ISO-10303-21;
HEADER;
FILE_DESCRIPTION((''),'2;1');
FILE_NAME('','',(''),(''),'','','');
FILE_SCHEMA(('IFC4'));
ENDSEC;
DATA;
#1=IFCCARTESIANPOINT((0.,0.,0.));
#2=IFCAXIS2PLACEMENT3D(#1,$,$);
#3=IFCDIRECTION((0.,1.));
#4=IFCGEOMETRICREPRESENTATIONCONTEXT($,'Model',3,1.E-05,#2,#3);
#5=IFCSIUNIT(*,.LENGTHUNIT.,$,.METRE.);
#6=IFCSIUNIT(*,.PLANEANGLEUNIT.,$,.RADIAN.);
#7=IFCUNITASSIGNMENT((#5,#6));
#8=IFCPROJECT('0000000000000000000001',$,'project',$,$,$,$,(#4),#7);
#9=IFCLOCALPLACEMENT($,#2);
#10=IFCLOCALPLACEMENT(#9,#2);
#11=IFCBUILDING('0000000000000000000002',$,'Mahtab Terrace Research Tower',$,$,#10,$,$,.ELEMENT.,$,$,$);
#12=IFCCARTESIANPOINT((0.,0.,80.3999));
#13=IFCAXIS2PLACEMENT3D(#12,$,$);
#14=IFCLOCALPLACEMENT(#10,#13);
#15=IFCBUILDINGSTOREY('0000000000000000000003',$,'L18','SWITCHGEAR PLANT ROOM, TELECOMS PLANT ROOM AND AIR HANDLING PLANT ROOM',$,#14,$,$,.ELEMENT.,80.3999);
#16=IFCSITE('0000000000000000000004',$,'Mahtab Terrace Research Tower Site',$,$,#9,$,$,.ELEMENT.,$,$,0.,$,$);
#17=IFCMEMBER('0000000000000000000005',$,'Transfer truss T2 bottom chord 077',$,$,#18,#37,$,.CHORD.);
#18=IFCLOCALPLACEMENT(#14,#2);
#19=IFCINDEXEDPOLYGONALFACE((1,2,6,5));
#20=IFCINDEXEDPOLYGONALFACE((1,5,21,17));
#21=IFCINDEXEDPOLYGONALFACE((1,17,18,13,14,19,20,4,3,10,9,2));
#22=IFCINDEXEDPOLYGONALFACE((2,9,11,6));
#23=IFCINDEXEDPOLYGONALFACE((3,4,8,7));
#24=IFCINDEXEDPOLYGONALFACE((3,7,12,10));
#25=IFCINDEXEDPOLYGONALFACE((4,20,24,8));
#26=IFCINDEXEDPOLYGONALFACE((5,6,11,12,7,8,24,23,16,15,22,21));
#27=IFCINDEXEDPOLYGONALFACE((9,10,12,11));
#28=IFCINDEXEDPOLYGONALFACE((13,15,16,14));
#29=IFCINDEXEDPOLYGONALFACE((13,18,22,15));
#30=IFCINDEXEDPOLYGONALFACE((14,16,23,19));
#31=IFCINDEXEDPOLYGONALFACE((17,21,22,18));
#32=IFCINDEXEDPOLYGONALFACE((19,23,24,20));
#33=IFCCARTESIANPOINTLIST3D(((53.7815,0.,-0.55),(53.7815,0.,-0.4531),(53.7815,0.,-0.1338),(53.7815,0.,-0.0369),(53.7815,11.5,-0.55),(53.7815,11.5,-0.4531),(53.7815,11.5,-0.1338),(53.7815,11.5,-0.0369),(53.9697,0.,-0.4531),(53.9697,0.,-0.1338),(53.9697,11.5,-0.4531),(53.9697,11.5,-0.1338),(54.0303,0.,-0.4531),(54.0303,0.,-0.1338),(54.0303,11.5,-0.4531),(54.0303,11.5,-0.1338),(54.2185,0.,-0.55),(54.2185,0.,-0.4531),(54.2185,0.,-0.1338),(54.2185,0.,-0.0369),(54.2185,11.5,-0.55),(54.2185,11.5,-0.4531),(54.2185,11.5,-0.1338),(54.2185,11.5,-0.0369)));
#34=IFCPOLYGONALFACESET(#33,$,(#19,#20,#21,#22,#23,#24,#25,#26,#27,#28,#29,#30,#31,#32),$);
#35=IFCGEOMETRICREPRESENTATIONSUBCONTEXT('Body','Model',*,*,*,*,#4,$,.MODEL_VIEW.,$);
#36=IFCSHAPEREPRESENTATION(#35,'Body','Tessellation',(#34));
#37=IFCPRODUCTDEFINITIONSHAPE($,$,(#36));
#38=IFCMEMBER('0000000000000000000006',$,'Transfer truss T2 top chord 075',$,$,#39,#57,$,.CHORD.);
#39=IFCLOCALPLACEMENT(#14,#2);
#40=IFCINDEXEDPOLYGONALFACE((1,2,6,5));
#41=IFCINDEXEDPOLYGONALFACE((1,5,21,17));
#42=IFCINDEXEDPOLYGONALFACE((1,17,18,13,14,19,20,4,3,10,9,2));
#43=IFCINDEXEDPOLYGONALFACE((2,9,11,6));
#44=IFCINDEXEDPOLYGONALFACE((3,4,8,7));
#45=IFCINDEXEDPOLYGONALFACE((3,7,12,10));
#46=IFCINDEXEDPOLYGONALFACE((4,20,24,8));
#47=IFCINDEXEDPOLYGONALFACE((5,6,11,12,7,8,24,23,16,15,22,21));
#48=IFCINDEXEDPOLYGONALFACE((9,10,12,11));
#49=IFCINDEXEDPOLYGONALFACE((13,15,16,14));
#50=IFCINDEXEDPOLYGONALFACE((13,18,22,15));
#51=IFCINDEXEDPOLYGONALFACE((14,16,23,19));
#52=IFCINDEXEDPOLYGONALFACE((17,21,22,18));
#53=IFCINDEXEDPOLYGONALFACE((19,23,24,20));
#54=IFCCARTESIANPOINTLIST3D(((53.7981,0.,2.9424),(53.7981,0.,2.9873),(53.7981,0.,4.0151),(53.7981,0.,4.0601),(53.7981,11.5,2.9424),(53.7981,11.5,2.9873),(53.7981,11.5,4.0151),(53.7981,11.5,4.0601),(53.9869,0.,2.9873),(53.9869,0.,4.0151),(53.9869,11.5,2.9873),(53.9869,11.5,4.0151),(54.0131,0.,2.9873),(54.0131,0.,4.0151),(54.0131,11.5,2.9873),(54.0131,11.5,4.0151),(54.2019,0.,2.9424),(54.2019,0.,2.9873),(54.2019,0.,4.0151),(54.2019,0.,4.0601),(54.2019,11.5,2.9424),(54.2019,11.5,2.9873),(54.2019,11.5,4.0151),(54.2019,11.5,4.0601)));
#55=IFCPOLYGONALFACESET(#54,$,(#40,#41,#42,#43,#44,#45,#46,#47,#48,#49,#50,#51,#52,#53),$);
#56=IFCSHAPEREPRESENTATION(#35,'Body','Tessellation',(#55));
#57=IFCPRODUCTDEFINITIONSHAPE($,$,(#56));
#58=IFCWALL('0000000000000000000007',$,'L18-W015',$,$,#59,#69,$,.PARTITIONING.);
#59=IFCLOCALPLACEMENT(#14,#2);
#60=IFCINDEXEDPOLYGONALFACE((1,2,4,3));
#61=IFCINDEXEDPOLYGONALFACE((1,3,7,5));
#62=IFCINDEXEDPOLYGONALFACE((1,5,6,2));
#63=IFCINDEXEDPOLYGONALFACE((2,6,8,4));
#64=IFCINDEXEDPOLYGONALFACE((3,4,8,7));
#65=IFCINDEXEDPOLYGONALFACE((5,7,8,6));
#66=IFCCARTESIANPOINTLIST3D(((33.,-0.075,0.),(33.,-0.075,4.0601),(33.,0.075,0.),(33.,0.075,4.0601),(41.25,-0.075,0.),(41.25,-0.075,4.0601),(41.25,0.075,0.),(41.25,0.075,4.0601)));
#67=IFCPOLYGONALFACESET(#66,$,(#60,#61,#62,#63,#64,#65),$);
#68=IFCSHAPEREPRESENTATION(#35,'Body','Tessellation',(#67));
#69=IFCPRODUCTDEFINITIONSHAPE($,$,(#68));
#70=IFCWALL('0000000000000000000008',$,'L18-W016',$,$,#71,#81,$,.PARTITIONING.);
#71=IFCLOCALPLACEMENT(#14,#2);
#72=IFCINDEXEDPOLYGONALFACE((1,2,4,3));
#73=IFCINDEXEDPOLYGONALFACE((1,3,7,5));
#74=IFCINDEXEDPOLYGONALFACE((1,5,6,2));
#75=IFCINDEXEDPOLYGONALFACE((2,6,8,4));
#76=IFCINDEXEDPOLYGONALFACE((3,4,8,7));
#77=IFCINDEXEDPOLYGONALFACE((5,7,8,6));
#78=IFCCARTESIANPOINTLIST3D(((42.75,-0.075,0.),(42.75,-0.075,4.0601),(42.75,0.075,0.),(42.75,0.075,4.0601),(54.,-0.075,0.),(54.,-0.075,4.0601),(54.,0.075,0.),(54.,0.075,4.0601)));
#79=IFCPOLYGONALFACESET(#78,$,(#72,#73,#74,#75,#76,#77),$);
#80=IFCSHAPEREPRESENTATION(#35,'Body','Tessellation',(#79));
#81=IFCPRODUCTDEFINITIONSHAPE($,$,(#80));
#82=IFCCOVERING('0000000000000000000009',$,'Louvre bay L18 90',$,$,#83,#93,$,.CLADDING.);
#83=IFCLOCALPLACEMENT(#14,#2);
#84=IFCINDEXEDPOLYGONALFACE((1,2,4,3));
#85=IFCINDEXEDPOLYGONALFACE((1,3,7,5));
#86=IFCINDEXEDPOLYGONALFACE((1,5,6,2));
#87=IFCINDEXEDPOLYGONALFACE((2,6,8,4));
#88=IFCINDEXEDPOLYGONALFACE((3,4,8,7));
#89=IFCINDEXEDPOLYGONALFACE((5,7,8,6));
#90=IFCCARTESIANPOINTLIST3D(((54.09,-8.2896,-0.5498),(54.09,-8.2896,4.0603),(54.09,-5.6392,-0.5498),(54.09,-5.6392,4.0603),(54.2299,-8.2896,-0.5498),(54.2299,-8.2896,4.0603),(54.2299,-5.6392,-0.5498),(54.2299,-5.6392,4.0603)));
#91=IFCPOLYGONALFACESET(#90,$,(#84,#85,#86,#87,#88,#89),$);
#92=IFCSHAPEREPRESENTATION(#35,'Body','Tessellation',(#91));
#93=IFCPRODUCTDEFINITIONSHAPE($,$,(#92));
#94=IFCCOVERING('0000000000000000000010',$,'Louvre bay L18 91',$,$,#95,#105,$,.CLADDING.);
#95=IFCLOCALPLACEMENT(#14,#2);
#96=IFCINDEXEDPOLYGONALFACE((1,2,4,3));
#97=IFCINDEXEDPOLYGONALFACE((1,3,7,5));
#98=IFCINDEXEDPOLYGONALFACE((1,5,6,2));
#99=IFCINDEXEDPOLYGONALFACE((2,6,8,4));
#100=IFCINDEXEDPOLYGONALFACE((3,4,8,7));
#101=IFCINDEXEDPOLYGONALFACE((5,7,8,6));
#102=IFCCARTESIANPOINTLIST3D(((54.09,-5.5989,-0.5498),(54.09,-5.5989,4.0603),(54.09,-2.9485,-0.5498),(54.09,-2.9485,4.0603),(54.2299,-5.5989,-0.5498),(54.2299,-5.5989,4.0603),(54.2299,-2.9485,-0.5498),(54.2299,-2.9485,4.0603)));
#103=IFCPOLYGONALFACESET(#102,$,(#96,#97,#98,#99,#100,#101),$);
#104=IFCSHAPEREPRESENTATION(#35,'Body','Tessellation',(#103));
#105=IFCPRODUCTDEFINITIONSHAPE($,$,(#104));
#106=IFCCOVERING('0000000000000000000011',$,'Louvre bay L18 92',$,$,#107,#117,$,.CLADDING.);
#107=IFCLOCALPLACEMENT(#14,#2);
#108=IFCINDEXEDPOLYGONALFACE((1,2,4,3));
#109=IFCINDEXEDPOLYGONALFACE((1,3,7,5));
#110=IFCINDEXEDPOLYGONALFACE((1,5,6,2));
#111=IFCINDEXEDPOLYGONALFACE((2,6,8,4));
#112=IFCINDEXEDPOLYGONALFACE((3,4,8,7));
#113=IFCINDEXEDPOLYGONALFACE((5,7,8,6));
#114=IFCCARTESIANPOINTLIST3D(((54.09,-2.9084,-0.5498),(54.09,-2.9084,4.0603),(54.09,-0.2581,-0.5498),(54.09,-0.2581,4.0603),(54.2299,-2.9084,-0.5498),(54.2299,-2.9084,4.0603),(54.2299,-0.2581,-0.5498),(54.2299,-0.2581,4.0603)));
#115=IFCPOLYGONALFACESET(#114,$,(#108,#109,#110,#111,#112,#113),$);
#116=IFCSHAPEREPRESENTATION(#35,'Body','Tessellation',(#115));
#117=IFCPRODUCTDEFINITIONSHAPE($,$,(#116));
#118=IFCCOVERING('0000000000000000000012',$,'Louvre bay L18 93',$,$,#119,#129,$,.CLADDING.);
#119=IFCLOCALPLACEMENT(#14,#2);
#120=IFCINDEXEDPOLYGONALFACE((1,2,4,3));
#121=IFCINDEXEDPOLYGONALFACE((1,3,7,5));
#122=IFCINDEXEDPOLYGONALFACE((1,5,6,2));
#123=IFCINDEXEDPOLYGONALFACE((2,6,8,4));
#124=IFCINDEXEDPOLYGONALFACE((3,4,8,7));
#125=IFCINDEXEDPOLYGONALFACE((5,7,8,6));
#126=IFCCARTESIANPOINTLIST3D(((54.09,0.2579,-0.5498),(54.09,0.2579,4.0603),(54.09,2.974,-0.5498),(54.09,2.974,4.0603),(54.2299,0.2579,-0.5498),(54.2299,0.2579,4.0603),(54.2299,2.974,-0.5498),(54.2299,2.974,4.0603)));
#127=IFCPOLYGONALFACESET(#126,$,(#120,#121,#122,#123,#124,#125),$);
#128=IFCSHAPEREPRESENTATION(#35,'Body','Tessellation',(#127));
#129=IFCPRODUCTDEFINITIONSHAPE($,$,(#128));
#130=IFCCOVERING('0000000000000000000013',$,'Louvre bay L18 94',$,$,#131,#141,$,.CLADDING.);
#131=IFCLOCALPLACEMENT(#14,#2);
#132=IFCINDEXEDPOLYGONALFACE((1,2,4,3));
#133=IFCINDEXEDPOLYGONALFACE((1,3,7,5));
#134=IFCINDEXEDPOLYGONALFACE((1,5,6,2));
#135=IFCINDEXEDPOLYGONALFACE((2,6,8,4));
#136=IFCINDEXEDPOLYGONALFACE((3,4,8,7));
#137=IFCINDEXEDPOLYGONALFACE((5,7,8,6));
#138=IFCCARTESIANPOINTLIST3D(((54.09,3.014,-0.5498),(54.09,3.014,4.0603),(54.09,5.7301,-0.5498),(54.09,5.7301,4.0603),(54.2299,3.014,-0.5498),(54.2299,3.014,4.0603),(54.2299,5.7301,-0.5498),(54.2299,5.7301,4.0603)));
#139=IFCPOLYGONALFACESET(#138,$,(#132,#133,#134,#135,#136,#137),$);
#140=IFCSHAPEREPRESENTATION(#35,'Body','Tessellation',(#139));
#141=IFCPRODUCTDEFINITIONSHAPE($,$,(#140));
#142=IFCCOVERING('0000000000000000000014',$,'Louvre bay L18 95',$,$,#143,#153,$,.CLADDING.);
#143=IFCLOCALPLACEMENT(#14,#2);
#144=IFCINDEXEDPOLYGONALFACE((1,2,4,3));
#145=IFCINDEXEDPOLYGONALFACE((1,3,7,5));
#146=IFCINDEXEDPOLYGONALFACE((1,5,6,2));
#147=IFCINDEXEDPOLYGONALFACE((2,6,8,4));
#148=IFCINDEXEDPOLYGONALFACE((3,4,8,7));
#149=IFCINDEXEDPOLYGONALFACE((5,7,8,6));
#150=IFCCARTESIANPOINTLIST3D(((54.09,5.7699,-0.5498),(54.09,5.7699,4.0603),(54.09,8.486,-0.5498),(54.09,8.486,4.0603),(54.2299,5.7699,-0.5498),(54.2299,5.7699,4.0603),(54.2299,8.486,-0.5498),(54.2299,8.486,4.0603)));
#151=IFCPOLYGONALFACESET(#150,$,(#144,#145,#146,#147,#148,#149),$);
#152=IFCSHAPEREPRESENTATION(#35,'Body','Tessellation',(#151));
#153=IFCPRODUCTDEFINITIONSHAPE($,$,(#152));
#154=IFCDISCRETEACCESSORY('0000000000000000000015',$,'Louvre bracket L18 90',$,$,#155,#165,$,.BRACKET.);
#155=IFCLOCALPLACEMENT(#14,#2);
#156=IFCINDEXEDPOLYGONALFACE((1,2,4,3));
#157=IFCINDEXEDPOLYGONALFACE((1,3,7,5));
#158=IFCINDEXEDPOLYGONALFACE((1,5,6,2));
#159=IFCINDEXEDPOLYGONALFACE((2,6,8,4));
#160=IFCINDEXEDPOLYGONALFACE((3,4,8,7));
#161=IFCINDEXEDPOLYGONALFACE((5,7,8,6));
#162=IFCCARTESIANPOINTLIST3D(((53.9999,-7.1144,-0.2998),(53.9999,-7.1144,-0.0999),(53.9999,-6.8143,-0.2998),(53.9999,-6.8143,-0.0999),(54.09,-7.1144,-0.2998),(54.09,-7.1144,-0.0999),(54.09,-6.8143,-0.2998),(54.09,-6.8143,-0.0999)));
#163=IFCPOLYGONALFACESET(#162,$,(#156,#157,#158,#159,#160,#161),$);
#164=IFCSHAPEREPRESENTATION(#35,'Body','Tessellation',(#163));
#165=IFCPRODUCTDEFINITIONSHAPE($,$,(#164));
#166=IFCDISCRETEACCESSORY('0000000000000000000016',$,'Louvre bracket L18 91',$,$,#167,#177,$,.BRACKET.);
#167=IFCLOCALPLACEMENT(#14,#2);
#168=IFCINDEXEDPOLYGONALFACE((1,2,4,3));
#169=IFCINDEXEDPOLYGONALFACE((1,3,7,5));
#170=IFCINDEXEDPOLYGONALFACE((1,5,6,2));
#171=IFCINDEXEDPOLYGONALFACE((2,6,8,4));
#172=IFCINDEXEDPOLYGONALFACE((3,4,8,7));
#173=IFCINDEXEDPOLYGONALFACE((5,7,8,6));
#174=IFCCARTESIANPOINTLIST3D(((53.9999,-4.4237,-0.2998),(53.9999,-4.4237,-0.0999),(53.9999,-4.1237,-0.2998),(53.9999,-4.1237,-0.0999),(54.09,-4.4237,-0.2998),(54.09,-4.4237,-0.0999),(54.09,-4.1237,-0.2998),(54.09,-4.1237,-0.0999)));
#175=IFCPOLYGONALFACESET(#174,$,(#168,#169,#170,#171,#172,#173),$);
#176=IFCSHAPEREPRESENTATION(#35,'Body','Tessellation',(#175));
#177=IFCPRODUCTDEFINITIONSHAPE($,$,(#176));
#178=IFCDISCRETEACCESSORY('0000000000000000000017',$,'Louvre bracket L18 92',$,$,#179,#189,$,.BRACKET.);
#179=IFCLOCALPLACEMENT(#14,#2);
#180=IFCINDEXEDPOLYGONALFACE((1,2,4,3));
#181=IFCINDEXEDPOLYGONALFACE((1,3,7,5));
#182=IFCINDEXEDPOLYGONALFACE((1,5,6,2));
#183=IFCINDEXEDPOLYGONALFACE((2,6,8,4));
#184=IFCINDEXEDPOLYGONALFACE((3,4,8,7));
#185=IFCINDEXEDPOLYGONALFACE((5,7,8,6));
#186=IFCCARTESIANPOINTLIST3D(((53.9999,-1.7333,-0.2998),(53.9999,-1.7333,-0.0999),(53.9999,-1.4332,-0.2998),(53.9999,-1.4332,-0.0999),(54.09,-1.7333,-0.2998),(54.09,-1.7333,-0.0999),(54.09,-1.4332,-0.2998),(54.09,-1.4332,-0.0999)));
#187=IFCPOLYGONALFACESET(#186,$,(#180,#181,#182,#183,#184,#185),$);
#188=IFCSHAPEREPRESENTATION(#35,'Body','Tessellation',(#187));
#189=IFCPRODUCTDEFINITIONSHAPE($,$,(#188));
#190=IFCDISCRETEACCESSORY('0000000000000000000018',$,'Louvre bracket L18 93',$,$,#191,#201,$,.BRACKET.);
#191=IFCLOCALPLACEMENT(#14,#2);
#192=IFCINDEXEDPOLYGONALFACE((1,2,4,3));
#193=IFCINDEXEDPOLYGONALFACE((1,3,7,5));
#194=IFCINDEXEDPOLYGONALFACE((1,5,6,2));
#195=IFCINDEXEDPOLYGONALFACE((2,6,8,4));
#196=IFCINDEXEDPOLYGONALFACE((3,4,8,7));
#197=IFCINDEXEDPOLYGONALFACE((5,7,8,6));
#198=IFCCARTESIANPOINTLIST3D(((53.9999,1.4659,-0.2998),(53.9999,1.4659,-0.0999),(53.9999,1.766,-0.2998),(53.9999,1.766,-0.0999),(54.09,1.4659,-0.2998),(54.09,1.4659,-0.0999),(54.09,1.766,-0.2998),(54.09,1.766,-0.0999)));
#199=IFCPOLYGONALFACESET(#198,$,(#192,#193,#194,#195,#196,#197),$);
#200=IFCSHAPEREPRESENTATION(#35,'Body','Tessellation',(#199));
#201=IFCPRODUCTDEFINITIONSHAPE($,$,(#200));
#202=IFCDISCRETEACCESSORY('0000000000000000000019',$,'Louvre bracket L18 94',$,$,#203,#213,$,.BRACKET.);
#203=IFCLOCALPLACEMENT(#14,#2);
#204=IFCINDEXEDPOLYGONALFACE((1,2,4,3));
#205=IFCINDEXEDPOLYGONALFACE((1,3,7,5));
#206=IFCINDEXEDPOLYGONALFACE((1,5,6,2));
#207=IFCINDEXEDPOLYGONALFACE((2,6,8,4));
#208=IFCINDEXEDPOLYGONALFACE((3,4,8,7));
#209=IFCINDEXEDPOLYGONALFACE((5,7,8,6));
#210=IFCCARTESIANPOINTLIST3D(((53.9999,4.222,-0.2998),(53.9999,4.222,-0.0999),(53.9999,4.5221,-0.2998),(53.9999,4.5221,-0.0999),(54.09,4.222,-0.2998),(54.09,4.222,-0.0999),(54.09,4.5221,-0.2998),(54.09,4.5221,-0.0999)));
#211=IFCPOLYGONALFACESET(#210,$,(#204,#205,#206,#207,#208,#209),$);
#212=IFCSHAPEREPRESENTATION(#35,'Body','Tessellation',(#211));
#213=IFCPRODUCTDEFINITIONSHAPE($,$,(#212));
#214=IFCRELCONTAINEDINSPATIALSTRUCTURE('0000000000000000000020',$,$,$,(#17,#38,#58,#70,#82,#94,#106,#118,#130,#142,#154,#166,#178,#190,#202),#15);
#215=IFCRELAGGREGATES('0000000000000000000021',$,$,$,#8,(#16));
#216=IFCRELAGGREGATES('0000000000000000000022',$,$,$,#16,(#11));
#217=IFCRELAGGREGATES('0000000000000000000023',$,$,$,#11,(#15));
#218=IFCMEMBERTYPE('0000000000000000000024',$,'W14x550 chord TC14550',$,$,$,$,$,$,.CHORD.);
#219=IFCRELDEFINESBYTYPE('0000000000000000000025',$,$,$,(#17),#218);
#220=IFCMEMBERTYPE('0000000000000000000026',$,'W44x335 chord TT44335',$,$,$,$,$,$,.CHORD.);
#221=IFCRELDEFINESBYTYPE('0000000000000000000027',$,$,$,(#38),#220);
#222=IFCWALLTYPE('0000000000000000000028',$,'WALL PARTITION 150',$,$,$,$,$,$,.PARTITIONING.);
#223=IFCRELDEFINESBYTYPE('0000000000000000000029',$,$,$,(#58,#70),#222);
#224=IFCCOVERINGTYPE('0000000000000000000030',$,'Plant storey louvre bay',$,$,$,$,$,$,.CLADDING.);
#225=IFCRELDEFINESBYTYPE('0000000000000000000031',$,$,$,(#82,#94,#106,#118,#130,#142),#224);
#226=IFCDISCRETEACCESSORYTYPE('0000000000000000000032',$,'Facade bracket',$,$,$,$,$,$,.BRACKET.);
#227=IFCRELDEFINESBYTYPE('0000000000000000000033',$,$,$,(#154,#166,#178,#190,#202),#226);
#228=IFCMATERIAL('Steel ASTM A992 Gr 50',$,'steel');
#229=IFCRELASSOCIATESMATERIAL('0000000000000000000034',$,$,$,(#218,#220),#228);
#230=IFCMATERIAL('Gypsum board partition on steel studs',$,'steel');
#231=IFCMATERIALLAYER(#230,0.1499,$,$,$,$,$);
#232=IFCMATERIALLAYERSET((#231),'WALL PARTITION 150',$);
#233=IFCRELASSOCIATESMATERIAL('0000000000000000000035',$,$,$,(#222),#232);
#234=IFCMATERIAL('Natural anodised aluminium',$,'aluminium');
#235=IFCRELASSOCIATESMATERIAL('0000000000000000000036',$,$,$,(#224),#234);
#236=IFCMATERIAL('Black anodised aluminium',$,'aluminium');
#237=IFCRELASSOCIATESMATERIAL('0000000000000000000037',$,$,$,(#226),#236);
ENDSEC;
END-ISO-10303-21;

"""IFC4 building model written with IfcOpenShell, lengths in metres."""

from ifc_helpers import new_model, si_unit, direction, frame, frame_2d, origin, origin_2d, place, context, subcontext, project, spatial, rectangle, i_section, extrude, material, layer, layer_set, material_profile, profile_set, type_object, element, save


model = new_model("IFC4")

# Units and contexts
model_context = context("Model", 3, precision=1e-05, world=origin(), true_north=direction((0.0, 1.0)))
body_context = subcontext(model_context, "Body", "Model", "MODEL_VIEW")
ifc_project = project(units=[si_unit("LENGTHUNIT", "METRE"), si_unit("PLANEANGLEUNIT", "RADIAN")], contexts=[model_context])

# Site, building, storey
site_placement = place(None, origin())
site = spatial("IfcSite", under=ifc_project, at=site_placement, Name="Mahtab Terrace Research Tower Site", CompositionType="ELEMENT", RefElevation=0.0)
building_placement = place(site_placement, origin())
building = spatial("IfcBuilding", under=site, at=building_placement, Name="Mahtab Terrace Research Tower", CompositionType="ELEMENT")
storey_placement = place(building_placement, frame((0.0, 0.0, 80.3999)))
storey = spatial("IfcBuildingStorey", under=building, at=storey_placement, Name="L18", Description="SWITCHGEAR PLANT ROOM, TELECOMS PLANT ROOM AND AIR HANDLING PLANT ROOM", CompositionType="ELEMENT", Elevation=80.3999)

# Shared definitions
ifc_material_1 = material(Name="Steel ASTM A992 Gr 50", Category="steel")

# Members
ifc_material_profile_1 = material_profile(ifc_material_1, i_section(OverallWidth=0.437, OverallDepth=0.5132, WebThickness=0.0605, FlangeThickness=0.0969, at=origin_2d()), Name="W14X550")
ifc_profile_set_1 = profile_set([ifc_material_profile_1], Name="Steel ASTM A992 Gr 50")
member_type_1 = type_object("IfcMemberType", Name="W14x550 chord TC14550", PredefinedType="CHORD", material=ifc_profile_set_1)
member_1_placement = place(storey_placement, frame((54.0, 0.0, -0.2935), z_axis=(0.0, 1.0, 0.0), x_axis=(-1.0, 0.0, 0.0)))
element("IfcMember", 1, at=member_1_placement, inside=storey, type_object=member_type_1, Name="Transfer truss T2 bottom chord 077", PredefinedType="CHORD", context=body_context, shape_type="SweptSolid", body=[
    extrude(i_section(OverallWidth=0.437, OverallDepth=0.5132, WebThickness=0.0605, FlangeThickness=0.0969, at=origin_2d()), origin(), (0.0, 0.0, 1.0), 11.5),
])
ifc_material_profile_2 = material_profile(ifc_material_1, i_section(OverallWidth=0.4038, OverallDepth=1.1177, WebThickness=0.0261, FlangeThickness=0.0449, at=origin_2d()), Name="W44X335")
ifc_profile_set_2 = profile_set([ifc_material_profile_2], Name="Steel ASTM A992 Gr 50")
member_type_2 = type_object("IfcMemberType", Name="W44x335 chord TT44335", PredefinedType="CHORD", material=ifc_profile_set_2)
member_2_placement = place(storey_placement, frame((54.0, 0.0, 3.5012), z_axis=(0.0, 1.0, 0.0), x_axis=(-1.0, 0.0, 0.0)))
element("IfcMember", 2, at=member_2_placement, inside=storey, type_object=member_type_2, Name="Transfer truss T2 top chord 075", PredefinedType="CHORD", context=body_context, shape_type="SweptSolid", body=[
    extrude(i_section(OverallWidth=0.4038, OverallDepth=1.1177, WebThickness=0.0261, FlangeThickness=0.0449, at=origin_2d()), origin(), (0.0, 0.0, 1.0), 11.5),
])

# Walls
ifc_material_2 = material(Name="Gypsum board partition on steel studs", Category="steel")
ifc_layer_1 = layer(ifc_material_2, 0.1499)
ifc_layer_set_1 = layer_set([ifc_layer_1], Name="WALL PARTITION 150")
wall_type = type_object("IfcWallType", Name="WALL PARTITION 150", PredefinedType="PARTITIONING", material=ifc_layer_set_1)
wall_1_placement = place(storey_placement, frame((33.0, 0.0, 0.0), z_axis=(0.0, 0.0, 1.0), x_axis=(1.0, 0.0, 0.0)))
element("IfcWall", 3, at=wall_1_placement, inside=storey, type_object=wall_type, Name="L18-W015", PredefinedType="PARTITIONING", context=body_context, shape_type="SweptSolid", body=[
    extrude(rectangle(XDim=8.25, YDim=0.1499, at=frame_2d((4.125, 0.0))), origin(), (0.0, 0.0, 1.0), 4.0601),
])
wall_2_placement = place(storey_placement, frame((42.75, 0.0, 0.0), z_axis=(0.0, 0.0, 1.0), x_axis=(1.0, 0.0, 0.0)))
element("IfcWall", 4, at=wall_2_placement, inside=storey, type_object=wall_type, Name="L18-W016", PredefinedType="PARTITIONING", context=body_context, shape_type="SweptSolid", body=[
    extrude(rectangle(XDim=11.25, YDim=0.1499, at=frame_2d((5.625, 0.0))), origin(), (0.0, 0.0, 1.0), 4.0601),
])

# Coverings
ifc_material_3 = material(Name="Natural anodised aluminium", Category="aluminium")
covering_type = type_object("IfcCoveringType", Name="Plant storey louvre bay", PredefinedType="CLADDING", material=ifc_material_3)
for number, where, z_axis, x_axis, name in (
    (5, (54.1599, -6.9644, -0.5498), (0.0, 0.0, 1.0), (0.0, 1.0, 0.0), "Louvre bay L18 90"),
    (6, (54.1599, -4.2737, -0.5498), (0.0, 0.0, 1.0), (0.0, 1.0, 0.0), "Louvre bay L18 91"),
    (7, (54.1599, -1.5833, -0.5498), (0.0, 0.0, 1.0), (0.0, 1.0, 0.0), "Louvre bay L18 92"),
):
    element("IfcCovering", number, at=place(storey_placement, frame(where, z_axis=z_axis, x_axis=x_axis)), inside=storey, type_object=covering_type, Name=name, PredefinedType="CLADDING", context=body_context, shape_type="SweptSolid", body=[
        extrude(rectangle(XDim=2.6504, YDim=0.1399, at=origin_2d()), origin(), (0.0, 0.0, 1.0), 4.6101),
    ])
for number, where, z_axis, x_axis, name in (
    (8, (54.1599, 1.616, -0.5498), (0.0, 0.0, 1.0), (0.0, 1.0, 0.0), "Louvre bay L18 93"),
    (9, (54.1599, 4.3721, -0.5498), (0.0, 0.0, 1.0), (0.0, 1.0, 0.0), "Louvre bay L18 94"),
    (10, (54.1599, 7.1279, -0.5498), (0.0, 0.0, 1.0), (0.0, 1.0, 0.0), "Louvre bay L18 95"),
):
    element("IfcCovering", number, at=place(storey_placement, frame(where, z_axis=z_axis, x_axis=x_axis)), inside=storey, type_object=covering_type, Name=name, PredefinedType="CLADDING", context=body_context, shape_type="SweptSolid", body=[
        extrude(rectangle(XDim=2.7161, YDim=0.1399, at=origin_2d()), origin(), (0.0, 0.0, 1.0), 4.6101),
    ])

# Discrete accessories
ifc_material_4 = material(Name="Black anodised aluminium", Category="aluminium")
discrete_accessory_type_1 = type_object("IfcDiscreteAccessoryType", Name="Facade bracket", PredefinedType="BRACKET", material=ifc_material_4)
for number, where, z_axis, x_axis, name in (
    (11, (54.0449, -6.9644, -0.2998), (0.0, 0.0, 1.0), (0.0, 1.0, 0.0), "Louvre bracket L18 90"),
    (12, (54.0449, -4.2737, -0.2998), (0.0, 0.0, 1.0), (0.0, 1.0, 0.0), "Louvre bracket L18 91"),
    (13, (54.0449, -1.5833, -0.2998), (0.0, 0.0, 1.0), (0.0, 1.0, 0.0), "Louvre bracket L18 92"),
    (14, (54.0449, 1.616, -0.2998), (0.0, 0.0, 1.0), (0.0, 1.0, 0.0), "Louvre bracket L18 93"),
    (15, (54.0449, 4.3721, -0.2998), (0.0, 0.0, 1.0), (0.0, 1.0, 0.0), "Louvre bracket L18 94"),
):
    element("IfcDiscreteAccessory", number, at=place(storey_placement, frame(where, z_axis=z_axis, x_axis=x_axis)), inside=storey, type_object=discrete_accessory_type_1, Name=name, PredefinedType="BRACKET", context=body_context, shape_type="SweptSolid", body=[
        extrude(rectangle(XDim=0.3, YDim=0.0901, at=origin_2d()), origin(), (0.0, 0.0, 1.0), 0.2),
    ])

save(model, "model.ifc")
